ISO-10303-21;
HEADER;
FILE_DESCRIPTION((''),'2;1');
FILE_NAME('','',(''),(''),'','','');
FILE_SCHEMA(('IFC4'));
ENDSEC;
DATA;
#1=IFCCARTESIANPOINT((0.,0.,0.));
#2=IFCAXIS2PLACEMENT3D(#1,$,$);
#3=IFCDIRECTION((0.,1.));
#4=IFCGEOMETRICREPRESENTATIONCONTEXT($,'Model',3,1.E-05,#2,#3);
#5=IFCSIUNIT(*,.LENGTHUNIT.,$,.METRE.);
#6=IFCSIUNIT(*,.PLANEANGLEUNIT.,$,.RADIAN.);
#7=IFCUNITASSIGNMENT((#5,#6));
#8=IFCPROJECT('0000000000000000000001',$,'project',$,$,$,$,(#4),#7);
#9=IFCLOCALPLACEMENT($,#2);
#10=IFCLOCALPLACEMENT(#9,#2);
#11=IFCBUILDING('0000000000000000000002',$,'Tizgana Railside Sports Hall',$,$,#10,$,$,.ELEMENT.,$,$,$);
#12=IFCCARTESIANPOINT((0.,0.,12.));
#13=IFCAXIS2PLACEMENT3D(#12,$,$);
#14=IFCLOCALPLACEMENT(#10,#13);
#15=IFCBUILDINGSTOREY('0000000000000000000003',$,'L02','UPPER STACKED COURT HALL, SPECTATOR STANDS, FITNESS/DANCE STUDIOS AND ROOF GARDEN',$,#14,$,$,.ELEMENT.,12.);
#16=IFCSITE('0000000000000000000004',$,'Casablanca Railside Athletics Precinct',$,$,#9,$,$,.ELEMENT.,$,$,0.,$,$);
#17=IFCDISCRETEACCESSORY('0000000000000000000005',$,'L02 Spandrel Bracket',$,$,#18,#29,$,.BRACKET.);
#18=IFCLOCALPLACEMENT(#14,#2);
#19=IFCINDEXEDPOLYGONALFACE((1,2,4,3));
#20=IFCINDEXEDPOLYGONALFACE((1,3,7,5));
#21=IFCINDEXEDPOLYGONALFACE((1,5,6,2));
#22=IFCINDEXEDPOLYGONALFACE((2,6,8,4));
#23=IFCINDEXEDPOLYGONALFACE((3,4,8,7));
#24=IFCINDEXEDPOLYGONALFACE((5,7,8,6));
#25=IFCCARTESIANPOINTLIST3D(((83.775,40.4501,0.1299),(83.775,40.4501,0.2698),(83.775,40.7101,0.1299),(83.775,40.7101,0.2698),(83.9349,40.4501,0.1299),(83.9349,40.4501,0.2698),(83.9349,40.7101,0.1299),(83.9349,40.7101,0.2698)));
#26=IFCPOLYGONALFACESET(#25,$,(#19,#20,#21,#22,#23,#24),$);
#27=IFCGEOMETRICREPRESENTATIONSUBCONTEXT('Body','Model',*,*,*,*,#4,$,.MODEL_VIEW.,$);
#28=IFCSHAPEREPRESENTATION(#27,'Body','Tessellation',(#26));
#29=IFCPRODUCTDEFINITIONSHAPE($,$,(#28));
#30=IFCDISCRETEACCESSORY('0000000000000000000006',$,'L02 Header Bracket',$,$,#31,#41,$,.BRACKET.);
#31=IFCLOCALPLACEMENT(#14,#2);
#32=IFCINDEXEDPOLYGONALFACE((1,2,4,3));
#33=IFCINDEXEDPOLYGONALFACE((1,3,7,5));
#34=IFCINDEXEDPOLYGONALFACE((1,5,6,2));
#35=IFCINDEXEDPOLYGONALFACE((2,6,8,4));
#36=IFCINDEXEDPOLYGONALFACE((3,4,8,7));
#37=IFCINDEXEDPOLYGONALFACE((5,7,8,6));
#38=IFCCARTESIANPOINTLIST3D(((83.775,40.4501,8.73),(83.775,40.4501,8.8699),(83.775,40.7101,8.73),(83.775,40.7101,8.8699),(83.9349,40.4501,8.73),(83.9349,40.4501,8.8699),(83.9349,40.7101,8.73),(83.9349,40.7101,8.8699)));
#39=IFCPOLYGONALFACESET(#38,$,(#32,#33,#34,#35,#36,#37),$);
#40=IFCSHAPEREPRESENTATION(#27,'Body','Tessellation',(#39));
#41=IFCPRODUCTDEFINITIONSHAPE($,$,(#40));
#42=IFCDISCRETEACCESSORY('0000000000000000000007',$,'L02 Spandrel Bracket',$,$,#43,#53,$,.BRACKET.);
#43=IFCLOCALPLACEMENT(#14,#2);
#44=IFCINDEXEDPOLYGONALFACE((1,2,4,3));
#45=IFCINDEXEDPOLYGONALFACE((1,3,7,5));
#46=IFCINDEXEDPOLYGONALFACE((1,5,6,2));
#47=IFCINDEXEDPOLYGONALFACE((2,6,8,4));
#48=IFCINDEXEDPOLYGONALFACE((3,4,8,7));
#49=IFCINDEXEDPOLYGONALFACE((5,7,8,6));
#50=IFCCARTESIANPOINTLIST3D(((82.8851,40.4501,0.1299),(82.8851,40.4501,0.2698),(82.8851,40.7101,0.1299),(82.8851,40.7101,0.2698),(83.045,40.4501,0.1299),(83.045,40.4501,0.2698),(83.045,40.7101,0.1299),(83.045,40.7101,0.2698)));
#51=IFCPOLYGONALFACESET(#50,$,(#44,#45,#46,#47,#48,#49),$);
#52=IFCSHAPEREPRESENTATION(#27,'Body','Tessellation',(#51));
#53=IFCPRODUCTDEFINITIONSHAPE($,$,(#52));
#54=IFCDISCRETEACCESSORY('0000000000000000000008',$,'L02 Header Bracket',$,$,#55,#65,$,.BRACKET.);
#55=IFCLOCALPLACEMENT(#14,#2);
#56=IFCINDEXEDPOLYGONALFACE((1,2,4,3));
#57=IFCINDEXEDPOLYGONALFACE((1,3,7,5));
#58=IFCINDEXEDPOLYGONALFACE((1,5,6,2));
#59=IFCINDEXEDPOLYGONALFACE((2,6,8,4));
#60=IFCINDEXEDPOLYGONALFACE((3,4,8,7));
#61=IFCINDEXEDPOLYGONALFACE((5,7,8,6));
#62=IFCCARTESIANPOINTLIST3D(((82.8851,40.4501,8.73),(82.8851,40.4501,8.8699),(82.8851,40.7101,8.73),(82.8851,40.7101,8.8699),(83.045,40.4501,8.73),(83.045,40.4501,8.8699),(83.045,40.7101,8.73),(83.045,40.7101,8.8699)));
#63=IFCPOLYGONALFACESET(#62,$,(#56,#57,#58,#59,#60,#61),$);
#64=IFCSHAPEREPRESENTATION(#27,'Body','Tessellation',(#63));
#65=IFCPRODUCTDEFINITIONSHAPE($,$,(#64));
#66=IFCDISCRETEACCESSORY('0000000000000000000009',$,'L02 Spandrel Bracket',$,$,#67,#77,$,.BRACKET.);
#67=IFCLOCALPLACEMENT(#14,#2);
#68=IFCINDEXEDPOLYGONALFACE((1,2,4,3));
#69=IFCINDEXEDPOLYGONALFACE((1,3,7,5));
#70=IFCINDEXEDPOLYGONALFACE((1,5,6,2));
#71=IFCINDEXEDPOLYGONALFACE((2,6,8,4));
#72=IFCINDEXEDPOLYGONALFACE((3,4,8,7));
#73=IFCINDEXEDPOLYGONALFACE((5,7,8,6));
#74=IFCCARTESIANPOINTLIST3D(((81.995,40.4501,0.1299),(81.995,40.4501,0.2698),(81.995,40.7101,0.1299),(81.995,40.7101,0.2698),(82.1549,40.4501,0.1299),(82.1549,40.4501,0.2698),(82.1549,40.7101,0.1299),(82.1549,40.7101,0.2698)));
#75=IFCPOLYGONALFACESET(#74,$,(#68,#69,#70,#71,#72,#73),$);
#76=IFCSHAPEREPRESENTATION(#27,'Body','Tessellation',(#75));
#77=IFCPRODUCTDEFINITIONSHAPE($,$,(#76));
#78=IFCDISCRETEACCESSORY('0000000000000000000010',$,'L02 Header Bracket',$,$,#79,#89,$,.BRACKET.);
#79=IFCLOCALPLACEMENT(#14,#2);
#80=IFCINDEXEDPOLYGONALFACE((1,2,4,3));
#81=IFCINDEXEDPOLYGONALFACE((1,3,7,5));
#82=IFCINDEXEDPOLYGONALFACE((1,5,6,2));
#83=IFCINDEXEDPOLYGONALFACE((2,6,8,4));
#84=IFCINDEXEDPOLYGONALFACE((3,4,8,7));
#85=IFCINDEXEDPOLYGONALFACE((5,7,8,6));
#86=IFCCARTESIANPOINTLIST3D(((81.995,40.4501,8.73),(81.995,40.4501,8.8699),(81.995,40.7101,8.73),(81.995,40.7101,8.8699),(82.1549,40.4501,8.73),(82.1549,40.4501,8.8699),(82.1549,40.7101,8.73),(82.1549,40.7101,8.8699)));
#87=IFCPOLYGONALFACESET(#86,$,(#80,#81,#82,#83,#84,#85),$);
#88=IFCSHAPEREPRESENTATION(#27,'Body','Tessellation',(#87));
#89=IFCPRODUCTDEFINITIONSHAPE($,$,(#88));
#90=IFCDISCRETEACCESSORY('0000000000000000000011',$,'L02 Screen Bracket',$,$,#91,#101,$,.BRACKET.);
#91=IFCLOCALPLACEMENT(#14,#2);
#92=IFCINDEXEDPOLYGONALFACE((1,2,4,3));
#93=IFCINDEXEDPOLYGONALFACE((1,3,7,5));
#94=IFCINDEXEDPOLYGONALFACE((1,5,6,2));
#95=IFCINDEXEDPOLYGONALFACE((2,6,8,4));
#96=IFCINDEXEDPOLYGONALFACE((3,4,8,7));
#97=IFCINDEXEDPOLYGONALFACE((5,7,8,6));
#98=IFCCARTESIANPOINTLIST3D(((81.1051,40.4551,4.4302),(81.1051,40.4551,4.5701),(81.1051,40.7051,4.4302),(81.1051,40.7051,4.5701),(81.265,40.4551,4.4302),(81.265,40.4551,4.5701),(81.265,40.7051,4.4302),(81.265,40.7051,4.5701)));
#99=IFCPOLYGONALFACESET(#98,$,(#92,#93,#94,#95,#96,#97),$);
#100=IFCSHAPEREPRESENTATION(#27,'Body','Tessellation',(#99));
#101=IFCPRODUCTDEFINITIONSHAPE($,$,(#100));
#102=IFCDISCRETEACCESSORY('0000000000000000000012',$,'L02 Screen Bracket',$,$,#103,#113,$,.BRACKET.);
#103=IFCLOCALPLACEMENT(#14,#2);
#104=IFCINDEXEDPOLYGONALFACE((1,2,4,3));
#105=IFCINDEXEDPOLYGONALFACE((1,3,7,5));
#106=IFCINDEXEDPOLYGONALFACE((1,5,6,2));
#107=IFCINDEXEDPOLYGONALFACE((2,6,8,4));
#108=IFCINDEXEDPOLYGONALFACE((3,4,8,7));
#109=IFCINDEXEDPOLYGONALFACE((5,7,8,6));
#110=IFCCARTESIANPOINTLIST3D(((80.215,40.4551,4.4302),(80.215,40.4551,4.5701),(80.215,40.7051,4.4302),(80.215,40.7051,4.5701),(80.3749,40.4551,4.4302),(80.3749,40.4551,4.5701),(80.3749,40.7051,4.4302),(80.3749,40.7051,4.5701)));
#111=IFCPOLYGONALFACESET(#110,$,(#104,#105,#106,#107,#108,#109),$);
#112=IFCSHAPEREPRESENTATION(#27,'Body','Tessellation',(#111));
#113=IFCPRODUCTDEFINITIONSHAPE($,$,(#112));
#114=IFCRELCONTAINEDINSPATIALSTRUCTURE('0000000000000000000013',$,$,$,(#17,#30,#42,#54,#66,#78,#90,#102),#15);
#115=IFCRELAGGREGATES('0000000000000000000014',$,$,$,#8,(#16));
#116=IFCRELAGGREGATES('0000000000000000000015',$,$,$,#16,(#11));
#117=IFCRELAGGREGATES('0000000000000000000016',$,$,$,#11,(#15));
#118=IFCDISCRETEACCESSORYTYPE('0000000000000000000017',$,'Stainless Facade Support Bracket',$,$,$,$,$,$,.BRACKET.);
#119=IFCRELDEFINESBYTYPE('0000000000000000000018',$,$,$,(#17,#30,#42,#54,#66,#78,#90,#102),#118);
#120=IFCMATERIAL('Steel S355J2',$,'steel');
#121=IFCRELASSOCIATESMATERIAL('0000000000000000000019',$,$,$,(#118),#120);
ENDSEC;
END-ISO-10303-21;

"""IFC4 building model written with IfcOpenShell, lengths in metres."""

from ifc_helpers import new_model, si_unit, direction, frame, origin, origin_2d, place, context, subcontext, project, spatial, rectangle, extrude, material, type_object, element, save


model = new_model("IFC4")

# Units and contexts
model_context = context("Model", 3, precision=1e-05, world=origin(), true_north=direction((0.0, 1.0)))
body_context = subcontext(model_context, "Body", "Model", "MODEL_VIEW")
ifc_project = project(units=[si_unit("LENGTHUNIT", "METRE"), si_unit("PLANEANGLEUNIT", "RADIAN")], contexts=[model_context])

# Site, building, storey
site_placement = place(None, origin())
site = spatial("IfcSite", under=ifc_project, at=site_placement, Name="Casablanca Railside Athletics Precinct", CompositionType="ELEMENT", RefElevation=0.0)
building_placement = place(site_placement, origin())
building = spatial("IfcBuilding", under=site, at=building_placement, Name="Tizgana Railside Sports Hall", CompositionType="ELEMENT")
storey_placement = place(building_placement, frame((0.0, 0.0, 12.0)))
storey = spatial("IfcBuildingStorey", under=building, at=storey_placement, Name="L02", Description="UPPER STACKED COURT HALL, SPECTATOR STANDS, FITNESS/DANCE STUDIOS AND ROOF GARDEN", CompositionType="ELEMENT", Elevation=12.0)

# Shared definitions
ifc_material_1 = material(Name="Steel S355J2", Category="steel")

# Discrete accessories
discrete_accessory_type = type_object("IfcDiscreteAccessoryType", Name="Stainless Facade Support Bracket", PredefinedType="BRACKET", material=ifc_material_1)
for number, where, z_axis, x_axis, name in (
    (1, (83.855, 40.5801, 0.1299), (0.0, 0.0, 1.0), (-1.0, 0.0, 0.0), "L02 Spandrel Bracket"),
    (2, (83.855, 40.5801, 8.73), (0.0, 0.0, 1.0), (-1.0, 0.0, 0.0), "L02 Header Bracket"),
    (3, (82.9651, 40.5801, 0.1299), (0.0, 0.0, 1.0), (-1.0, 0.0, 0.0), "L02 Spandrel Bracket"),
    (4, (82.9651, 40.5801, 8.73), (0.0, 0.0, 1.0), (-1.0, 0.0, 0.0), "L02 Header Bracket"),
    (5, (82.075, 40.5801, 0.1299), (0.0, 0.0, 1.0), (-1.0, 0.0, 0.0), "L02 Spandrel Bracket"),
    (6, (82.075, 40.5801, 8.73), (0.0, 0.0, 1.0), (-1.0, 0.0, 0.0), "L02 Header Bracket"),
):
    element("IfcDiscreteAccessory", number, at=place(storey_placement, frame(where, z_axis=z_axis, x_axis=x_axis)), inside=storey, type_object=discrete_accessory_type, Name=name, PredefinedType="BRACKET", context=body_context, shape_type="SweptSolid", body=[
        extrude(rectangle(XDim=0.1599, YDim=0.26, at=origin_2d()), origin(), (0.0, 0.0, 1.0), 0.1399),
    ])
for number, where, z_axis, x_axis, name in (
    (7, (81.1851, 40.5801, 4.4302), (0.0, 0.0, 1.0), (-1.0, 0.0, 0.0), "L02 Screen Bracket"),
    (8, (80.2949, 40.5801, 4.4302), (0.0, 0.0, 1.0), (-1.0, 0.0, 0.0), "L02 Screen Bracket"),
):
    element("IfcDiscreteAccessory", number, at=place(storey_placement, frame(where, z_axis=z_axis, x_axis=x_axis)), inside=storey, type_object=discrete_accessory_type, Name=name, PredefinedType="BRACKET", context=body_context, shape_type="SweptSolid", body=[
        extrude(rectangle(XDim=0.1599, YDim=0.25, at=origin_2d()), origin(), (0.0, 0.0, 1.0), 0.1399),
    ])

save(model, "model.ifc")
